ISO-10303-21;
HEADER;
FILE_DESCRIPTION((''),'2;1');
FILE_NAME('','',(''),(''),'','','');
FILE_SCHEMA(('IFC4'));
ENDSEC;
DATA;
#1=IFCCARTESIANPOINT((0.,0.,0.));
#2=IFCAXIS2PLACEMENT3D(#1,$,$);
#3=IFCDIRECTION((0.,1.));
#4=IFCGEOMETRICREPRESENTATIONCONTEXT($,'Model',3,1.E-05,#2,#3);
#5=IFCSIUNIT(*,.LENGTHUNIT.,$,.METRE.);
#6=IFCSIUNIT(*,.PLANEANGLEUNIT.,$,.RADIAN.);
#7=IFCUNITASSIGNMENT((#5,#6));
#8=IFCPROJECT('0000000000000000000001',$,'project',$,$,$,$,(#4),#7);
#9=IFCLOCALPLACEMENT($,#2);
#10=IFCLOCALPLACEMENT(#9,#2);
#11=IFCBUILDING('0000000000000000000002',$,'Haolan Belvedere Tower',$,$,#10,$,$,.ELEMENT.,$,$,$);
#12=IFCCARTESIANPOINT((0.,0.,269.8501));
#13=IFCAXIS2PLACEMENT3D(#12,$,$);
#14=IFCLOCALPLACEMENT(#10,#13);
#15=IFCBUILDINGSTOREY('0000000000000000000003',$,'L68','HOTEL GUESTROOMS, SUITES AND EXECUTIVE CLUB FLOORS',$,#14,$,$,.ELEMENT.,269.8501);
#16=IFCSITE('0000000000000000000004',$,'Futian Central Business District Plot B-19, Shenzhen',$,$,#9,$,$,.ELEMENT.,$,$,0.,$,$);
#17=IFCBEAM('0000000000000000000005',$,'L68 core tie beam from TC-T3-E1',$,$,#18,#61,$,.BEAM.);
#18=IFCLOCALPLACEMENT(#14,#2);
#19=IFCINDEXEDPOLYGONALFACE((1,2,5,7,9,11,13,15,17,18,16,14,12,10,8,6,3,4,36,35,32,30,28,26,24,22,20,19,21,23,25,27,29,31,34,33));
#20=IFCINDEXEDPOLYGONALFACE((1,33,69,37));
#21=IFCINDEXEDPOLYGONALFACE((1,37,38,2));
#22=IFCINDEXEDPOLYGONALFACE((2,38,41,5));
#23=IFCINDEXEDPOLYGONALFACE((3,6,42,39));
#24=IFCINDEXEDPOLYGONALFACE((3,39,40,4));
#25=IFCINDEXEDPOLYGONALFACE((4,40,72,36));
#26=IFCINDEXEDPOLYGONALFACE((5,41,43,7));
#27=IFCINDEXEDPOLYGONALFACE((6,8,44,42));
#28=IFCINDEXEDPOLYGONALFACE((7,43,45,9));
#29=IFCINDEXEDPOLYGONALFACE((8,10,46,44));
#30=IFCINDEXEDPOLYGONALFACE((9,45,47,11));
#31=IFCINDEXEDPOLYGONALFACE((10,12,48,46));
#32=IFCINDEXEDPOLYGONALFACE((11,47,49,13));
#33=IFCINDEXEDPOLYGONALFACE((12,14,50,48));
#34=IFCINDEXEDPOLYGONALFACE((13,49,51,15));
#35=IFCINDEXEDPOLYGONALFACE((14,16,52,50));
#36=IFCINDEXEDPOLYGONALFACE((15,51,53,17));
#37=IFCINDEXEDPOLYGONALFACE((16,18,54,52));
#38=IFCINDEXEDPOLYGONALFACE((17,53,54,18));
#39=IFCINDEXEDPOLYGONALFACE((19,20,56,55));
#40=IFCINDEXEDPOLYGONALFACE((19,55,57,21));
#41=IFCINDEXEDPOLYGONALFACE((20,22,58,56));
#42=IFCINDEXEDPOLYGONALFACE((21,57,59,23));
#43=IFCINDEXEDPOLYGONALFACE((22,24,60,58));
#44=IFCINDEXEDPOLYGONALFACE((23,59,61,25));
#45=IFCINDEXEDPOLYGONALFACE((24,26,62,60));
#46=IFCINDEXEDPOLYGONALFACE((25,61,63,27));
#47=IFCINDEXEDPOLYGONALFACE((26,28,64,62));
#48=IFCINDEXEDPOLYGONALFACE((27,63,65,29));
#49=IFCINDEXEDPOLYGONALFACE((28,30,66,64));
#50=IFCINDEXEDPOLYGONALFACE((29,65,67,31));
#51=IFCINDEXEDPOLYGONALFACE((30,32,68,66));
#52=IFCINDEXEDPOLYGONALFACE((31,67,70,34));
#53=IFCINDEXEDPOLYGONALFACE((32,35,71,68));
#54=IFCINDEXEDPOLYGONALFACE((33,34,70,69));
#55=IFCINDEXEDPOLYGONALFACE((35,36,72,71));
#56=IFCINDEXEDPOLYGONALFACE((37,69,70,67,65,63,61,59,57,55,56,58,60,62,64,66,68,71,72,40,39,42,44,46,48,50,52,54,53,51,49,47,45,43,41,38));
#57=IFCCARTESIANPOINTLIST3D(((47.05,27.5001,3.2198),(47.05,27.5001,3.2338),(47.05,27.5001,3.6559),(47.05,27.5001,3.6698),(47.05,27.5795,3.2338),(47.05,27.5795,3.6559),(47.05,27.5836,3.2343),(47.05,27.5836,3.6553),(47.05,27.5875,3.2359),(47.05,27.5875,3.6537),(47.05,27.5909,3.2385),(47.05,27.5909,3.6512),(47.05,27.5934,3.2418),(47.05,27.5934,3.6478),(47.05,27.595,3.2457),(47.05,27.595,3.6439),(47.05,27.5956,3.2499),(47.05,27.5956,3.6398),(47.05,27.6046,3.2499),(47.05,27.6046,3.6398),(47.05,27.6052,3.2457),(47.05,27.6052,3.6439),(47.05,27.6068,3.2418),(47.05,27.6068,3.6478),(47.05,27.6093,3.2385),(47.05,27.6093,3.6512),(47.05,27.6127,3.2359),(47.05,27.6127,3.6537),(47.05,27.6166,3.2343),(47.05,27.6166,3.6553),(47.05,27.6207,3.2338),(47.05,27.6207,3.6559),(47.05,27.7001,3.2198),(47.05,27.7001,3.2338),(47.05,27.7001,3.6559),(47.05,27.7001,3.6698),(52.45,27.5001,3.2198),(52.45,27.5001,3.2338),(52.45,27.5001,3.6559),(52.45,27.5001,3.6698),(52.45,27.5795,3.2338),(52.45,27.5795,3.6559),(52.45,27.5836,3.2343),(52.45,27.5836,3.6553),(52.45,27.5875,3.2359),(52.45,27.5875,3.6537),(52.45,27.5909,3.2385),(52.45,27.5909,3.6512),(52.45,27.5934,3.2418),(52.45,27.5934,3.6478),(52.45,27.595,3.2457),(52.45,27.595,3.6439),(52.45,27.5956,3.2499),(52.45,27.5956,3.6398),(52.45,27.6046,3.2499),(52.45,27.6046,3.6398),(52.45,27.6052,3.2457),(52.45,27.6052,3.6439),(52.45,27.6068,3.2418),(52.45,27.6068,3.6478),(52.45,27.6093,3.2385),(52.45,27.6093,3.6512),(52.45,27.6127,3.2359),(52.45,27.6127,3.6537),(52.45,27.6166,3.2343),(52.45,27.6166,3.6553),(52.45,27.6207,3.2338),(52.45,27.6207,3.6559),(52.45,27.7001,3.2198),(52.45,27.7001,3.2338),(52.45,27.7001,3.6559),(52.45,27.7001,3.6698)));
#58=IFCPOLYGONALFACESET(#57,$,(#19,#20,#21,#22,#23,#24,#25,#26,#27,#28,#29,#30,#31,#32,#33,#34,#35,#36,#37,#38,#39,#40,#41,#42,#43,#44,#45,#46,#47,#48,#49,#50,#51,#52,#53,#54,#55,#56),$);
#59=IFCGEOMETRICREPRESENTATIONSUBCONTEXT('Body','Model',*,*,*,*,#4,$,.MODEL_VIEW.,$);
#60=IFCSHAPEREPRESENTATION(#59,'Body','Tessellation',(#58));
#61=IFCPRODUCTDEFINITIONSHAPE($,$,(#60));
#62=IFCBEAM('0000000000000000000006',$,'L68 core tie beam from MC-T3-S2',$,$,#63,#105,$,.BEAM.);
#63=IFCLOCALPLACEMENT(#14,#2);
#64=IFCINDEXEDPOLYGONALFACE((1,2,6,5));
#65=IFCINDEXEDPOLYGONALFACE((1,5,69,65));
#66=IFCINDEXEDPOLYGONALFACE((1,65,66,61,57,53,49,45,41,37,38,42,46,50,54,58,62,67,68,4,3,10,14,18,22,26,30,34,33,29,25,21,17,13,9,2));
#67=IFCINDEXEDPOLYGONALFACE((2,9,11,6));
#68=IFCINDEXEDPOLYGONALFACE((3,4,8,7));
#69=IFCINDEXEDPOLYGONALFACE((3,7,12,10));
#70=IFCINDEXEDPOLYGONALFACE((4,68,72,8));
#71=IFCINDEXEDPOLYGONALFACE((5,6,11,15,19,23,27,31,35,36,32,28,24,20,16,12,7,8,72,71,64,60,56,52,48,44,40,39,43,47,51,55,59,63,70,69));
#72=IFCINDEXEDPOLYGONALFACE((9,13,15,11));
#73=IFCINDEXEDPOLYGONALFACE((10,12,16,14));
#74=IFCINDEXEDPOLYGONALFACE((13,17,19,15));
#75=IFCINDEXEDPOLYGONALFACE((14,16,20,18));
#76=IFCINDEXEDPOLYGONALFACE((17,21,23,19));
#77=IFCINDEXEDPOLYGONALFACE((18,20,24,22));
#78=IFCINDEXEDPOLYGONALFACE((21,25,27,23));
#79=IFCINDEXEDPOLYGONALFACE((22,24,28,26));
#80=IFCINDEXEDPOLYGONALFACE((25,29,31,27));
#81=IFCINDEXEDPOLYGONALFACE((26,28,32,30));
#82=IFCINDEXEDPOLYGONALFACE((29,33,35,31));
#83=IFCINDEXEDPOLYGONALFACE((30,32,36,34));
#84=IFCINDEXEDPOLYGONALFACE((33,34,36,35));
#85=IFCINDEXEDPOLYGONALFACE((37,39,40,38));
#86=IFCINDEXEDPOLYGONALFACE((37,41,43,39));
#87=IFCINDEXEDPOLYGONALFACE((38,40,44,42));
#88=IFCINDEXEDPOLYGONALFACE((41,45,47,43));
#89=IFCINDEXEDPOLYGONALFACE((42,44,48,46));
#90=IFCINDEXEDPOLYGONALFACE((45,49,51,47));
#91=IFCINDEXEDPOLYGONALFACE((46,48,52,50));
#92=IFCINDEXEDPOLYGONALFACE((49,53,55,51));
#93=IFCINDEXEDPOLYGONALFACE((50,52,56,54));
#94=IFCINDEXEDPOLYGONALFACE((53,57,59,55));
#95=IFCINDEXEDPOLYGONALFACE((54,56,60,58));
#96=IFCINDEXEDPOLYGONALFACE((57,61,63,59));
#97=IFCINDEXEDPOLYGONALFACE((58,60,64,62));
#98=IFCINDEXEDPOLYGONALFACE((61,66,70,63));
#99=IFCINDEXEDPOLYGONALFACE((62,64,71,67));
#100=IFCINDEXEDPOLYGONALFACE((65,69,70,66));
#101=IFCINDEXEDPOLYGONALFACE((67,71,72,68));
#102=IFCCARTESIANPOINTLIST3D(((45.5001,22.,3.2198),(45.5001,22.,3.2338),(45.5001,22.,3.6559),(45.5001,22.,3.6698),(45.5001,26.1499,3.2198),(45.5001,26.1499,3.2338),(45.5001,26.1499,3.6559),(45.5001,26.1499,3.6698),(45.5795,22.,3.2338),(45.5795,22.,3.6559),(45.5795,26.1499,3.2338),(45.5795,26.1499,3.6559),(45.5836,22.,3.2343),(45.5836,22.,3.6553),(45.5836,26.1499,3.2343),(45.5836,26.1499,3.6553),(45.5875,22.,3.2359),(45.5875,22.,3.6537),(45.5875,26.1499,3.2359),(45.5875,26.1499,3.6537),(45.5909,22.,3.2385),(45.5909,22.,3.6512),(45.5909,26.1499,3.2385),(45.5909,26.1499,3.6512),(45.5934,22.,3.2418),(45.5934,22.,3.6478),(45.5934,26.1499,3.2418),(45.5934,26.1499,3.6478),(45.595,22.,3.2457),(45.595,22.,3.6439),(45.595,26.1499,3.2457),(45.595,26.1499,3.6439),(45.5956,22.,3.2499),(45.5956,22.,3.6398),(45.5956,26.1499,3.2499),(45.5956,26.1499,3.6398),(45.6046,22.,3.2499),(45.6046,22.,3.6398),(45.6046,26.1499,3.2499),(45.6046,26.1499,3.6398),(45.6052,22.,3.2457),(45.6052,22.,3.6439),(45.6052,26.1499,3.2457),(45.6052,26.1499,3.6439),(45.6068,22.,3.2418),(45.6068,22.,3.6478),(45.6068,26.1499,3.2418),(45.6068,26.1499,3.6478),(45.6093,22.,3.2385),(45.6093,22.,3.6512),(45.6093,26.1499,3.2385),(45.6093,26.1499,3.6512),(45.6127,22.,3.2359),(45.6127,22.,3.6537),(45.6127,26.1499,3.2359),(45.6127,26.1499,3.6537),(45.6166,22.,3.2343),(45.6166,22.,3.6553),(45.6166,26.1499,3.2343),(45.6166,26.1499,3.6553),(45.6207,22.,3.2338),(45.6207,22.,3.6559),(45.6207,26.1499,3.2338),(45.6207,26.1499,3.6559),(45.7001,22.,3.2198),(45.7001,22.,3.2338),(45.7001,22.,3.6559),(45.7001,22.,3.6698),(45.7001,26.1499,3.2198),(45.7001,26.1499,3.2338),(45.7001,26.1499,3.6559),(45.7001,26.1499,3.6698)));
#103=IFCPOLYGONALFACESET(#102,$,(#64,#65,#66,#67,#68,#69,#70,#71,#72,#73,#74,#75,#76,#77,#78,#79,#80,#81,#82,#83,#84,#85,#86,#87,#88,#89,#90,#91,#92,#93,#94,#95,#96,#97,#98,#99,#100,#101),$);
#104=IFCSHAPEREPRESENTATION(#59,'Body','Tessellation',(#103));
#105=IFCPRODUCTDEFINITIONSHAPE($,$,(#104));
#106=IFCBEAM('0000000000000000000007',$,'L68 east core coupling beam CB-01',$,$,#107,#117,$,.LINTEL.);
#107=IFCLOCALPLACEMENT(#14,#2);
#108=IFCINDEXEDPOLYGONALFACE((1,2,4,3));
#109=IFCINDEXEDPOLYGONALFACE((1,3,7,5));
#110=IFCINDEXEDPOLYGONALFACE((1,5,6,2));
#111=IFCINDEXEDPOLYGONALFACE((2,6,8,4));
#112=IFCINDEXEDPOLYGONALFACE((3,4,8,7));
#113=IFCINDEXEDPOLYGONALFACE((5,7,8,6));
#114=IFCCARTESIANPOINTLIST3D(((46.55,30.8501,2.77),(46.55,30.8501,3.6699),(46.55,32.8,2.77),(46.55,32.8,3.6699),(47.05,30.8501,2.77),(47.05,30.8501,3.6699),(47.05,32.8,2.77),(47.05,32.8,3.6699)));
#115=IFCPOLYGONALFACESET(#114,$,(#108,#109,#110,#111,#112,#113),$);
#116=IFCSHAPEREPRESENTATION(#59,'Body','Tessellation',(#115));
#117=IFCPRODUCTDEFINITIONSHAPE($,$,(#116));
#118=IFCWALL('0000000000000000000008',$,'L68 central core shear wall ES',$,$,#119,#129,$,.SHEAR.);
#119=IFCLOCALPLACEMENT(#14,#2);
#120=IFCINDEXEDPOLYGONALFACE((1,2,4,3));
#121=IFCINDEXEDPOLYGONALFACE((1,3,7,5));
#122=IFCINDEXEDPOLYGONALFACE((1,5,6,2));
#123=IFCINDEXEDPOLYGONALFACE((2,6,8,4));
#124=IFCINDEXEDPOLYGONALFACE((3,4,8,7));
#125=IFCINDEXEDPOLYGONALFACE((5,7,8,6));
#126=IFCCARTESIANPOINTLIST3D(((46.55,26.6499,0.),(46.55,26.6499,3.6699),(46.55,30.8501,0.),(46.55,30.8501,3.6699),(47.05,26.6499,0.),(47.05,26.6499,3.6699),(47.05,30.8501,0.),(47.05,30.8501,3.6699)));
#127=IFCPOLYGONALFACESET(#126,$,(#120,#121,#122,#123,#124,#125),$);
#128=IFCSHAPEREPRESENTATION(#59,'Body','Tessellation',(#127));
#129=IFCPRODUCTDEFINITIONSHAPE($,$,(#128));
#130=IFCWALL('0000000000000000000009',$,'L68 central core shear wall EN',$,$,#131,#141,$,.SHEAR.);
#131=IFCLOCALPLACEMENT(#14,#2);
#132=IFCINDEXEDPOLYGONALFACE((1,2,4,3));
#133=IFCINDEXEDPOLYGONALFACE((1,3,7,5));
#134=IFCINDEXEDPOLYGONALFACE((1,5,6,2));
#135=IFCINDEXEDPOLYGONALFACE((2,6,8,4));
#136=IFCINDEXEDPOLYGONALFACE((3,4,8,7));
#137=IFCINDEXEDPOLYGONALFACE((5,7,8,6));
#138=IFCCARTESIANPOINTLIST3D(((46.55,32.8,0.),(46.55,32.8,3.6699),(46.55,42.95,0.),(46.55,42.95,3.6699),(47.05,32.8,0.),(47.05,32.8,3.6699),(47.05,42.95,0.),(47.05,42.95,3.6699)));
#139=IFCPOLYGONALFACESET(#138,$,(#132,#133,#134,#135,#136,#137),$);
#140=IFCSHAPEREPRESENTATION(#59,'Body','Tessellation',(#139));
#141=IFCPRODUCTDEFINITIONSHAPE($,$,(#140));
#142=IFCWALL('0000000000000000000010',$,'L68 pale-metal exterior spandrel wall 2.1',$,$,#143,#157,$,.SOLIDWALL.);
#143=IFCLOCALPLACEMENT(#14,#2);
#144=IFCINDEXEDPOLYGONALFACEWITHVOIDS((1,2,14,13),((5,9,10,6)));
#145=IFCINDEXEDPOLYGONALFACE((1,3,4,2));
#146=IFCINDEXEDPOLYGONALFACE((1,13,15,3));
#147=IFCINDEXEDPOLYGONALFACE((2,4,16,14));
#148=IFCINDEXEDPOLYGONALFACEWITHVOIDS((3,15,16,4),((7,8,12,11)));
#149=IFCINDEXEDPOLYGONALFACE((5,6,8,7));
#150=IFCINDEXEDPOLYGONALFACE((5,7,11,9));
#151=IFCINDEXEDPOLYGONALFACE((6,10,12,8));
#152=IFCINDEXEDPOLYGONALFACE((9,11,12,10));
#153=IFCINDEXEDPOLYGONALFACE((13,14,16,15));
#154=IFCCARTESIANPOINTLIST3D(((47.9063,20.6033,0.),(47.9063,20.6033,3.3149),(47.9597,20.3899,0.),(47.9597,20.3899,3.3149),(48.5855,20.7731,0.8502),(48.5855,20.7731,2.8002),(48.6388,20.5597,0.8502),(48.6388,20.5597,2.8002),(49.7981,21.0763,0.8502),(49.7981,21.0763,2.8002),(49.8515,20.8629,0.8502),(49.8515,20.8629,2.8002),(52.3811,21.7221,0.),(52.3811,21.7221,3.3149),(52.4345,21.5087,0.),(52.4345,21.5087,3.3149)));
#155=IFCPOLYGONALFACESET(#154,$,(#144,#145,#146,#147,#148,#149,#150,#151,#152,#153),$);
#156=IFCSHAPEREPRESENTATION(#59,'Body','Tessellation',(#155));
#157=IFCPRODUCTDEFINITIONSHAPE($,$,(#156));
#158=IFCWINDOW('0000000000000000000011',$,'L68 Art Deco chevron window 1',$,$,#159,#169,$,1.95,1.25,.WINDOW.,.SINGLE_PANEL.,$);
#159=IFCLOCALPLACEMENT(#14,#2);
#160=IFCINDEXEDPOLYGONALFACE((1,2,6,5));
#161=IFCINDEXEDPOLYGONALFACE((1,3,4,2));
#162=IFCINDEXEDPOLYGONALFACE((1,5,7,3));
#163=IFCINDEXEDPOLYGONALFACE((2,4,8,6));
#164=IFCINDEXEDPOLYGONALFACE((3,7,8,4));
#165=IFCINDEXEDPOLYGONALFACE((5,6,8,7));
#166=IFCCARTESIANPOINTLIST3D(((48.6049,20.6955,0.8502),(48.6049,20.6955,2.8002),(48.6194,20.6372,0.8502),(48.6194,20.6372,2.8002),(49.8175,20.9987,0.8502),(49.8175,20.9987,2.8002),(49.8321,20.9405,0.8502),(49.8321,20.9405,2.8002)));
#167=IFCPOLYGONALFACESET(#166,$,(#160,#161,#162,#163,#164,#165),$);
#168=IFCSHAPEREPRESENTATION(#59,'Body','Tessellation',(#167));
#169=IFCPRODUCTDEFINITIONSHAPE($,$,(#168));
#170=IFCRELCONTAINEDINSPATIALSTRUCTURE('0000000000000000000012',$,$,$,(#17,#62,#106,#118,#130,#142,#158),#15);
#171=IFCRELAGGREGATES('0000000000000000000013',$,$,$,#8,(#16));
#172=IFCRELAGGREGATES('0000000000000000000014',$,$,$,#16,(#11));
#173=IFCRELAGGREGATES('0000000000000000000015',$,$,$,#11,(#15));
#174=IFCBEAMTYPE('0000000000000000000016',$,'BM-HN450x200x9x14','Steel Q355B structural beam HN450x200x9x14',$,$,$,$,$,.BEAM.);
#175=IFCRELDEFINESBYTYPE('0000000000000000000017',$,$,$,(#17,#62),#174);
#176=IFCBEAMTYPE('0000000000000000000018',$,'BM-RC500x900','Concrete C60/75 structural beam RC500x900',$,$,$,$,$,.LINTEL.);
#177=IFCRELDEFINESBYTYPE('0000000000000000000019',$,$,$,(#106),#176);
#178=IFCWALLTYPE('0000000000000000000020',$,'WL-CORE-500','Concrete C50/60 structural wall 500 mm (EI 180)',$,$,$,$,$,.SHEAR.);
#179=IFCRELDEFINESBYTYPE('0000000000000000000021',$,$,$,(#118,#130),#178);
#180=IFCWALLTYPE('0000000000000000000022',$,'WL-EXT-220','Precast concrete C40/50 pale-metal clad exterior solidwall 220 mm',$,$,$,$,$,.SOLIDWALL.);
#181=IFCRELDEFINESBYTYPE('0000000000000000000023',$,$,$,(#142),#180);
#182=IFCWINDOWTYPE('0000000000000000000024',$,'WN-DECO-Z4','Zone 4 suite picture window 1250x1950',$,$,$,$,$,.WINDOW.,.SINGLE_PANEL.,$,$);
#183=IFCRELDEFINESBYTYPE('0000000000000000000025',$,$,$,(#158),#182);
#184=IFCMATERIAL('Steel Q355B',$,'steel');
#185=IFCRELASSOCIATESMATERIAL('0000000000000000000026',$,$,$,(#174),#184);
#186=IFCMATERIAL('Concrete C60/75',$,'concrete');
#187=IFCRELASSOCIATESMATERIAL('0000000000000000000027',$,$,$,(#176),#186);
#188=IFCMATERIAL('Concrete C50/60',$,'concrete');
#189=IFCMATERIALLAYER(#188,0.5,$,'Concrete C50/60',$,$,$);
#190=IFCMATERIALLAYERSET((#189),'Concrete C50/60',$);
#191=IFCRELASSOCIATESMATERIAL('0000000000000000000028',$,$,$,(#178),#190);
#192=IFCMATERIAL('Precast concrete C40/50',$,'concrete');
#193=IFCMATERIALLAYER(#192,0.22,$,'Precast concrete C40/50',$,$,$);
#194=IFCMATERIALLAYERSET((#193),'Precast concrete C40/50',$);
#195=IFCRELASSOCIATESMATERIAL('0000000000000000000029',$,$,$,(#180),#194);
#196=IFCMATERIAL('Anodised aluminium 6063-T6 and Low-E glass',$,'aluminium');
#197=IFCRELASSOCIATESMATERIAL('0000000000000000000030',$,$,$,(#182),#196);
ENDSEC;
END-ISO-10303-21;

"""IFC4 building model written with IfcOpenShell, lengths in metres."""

from ifc_helpers import new_model, si_unit, direction, frame, frame_2d, origin, origin_2d, place, context, subcontext, project, spatial, rectangle, i_section, extrude, material, layer, layer_set, material_profile, profile_set, type_object, element, fill, save


model = new_model("IFC4")

# Units and contexts
model_context = context("Model", 3, precision=1e-05, world=origin(), true_north=direction((0.0, 1.0)))
body_context = subcontext(model_context, "Body", "Model", "MODEL_VIEW")
ifc_project = project(units=[si_unit("LENGTHUNIT", "METRE"), si_unit("PLANEANGLEUNIT", "RADIAN")], contexts=[model_context])

# Site, building, storey
site_placement = place(None, origin())
site = spatial("IfcSite", under=ifc_project, at=site_placement, Name="Futian Central Business District Plot B-19, Shenzhen", CompositionType="ELEMENT", RefElevation=0.0)
building_placement = place(site_placement, origin())
building = spatial("IfcBuilding", under=site, at=building_placement, Name="Haolan Belvedere Tower", CompositionType="ELEMENT")
storey_placement = place(building_placement, frame((0.0, 0.0, 269.8501)))
storey = spatial("IfcBuildingStorey", under=building, at=storey_placement, Name="L68", Description="HOTEL GUESTROOMS, SUITES AND EXECUTIVE CLUB FLOORS", CompositionType="ELEMENT", Elevation=269.8501)

# Beams
ifc_material_1 = material(Name="Steel Q355B", Category="steel")
ifc_material_profile_1 = material_profile(ifc_material_1, i_section(OverallWidth=0.2, OverallDepth=0.45, WebThickness=0.009, FlangeThickness=0.0139, FilletRadius=0.0161, at=origin_2d()), Name="Steel Q355B")
ifc_profile_set_1 = profile_set([ifc_material_profile_1], Name="Steel Q355B")
beam_type_1 = type_object("IfcBeamType", Name="BM-HN450x200x9x14", Description="Steel Q355B structural beam HN450x200x9x14", PredefinedType="BEAM", material=ifc_profile_set_1)
beam_1_placement = place(storey_placement, frame((52.45, 27.6001, 3.4448), z_axis=(-1.0, 0.0, 0.0), x_axis=(0.0, -1.0, 0.0)))
element("IfcBeam", 1, at=beam_1_placement, inside=storey, type_object=beam_type_1, Name="L68 core tie beam from TC-T3-E1", PredefinedType="BEAM", context=body_context, shape_type="SweptSolid", body=[
    extrude(i_section(OverallWidth=0.2, OverallDepth=0.45, WebThickness=0.009, FlangeThickness=0.0139, FilletRadius=0.0161, at=origin_2d()), origin(), (0.0, 0.0, 1.0), 5.3999),
])
beam_2_placement = place(storey_placement, frame((45.6001, 22.0, 3.4448), z_axis=(0.0, 1.0, 0.0), x_axis=(-1.0, 0.0, 0.0)))
element("IfcBeam", 2, at=beam_2_placement, inside=storey, type_object=beam_type_1, Name="L68 core tie beam from MC-T3-S2", PredefinedType="BEAM", context=body_context, shape_type="SweptSolid", body=[
    extrude(i_section(OverallWidth=0.2, OverallDepth=0.45, WebThickness=0.009, FlangeThickness=0.0139, FilletRadius=0.0161, at=origin_2d()), origin(), (0.0, 0.0, 1.0), 4.1499),
])
ifc_material_2 = material(Name="Concrete C60/75", Category="concrete")
ifc_material_profile_2 = material_profile(ifc_material_2, rectangle(XDim=0.5, YDim=0.8999, at=origin_2d()), Name="Concrete C60/75")
ifc_profile_set_2 = profile_set([ifc_material_profile_2], Name="Concrete C60/75")
beam_type_2 = type_object("IfcBeamType", Name="BM-RC500x900", Description="Concrete C60/75 structural beam RC500x900", PredefinedType="LINTEL", material=ifc_profile_set_2)
beam_3_placement = place(storey_placement, frame((46.8, 30.8501, 3.22), z_axis=(0.0, 1.0, 0.0), x_axis=(-1.0, 0.0, 0.0)))
element("IfcBeam", 3, at=beam_3_placement, inside=storey, type_object=beam_type_2, Name="L68 east core coupling beam CB-01", PredefinedType="LINTEL", context=body_context, shape_type="SweptSolid", body=[
    extrude(rectangle(XDim=0.5, YDim=0.8999, at=origin_2d()), origin(), (0.0, 0.0, 1.0), 1.95),
])

# Walls
ifc_material_3 = material(Name="Concrete C50/60", Category="concrete")
ifc_layer_1 = layer(ifc_material_3, 0.5, Name="Concrete C50/60")
ifc_layer_set_1 = layer_set([ifc_layer_1], Name="Concrete C50/60")
wall_type_1 = type_object("IfcWallType", Name="WL-CORE-500", Description="Concrete C50/60 structural wall 500 mm (EI 180)", PredefinedType="SHEAR", material=ifc_layer_set_1)
wall_1_placement = place(storey_placement, frame((46.8, 26.6499, 0.0), z_axis=(0.0, 0.0, 1.0), x_axis=(0.0, 1.0, 0.0)))
element("IfcWall", 4, at=wall_1_placement, inside=storey, type_object=wall_type_1, Name="L68 central core shear wall ES", PredefinedType="SHEAR", context=body_context, shape_type="SweptSolid", body=[
    extrude(rectangle(XDim=4.2002, YDim=0.5, at=frame_2d((2.1001, 0.0))), origin(), (0.0, 0.0, 1.0), 3.6699),
])
wall_2_placement = place(storey_placement, frame((46.8, 32.8, 0.0), z_axis=(0.0, 0.0, 1.0), x_axis=(0.0, 1.0, 0.0)))
element("IfcWall", 5, at=wall_2_placement, inside=storey, type_object=wall_type_1, Name="L68 central core shear wall EN", PredefinedType="SHEAR", context=body_context, shape_type="SweptSolid", body=[
    extrude(rectangle(XDim=10.1499, YDim=0.5, at=frame_2d((5.075, 0.0))), origin(), (0.0, 0.0, 1.0), 3.6699),
])

# Wall, opening, window
ifc_material_4 = material(Name="Precast concrete C40/50", Category="concrete")
ifc_layer_2 = layer(ifc_material_4, 0.22, Name="Precast concrete C40/50")
ifc_layer_set_2 = layer_set([ifc_layer_2], Name="Precast concrete C40/50")
wall_type_2 = type_object("IfcWallType", Name="WL-EXT-220", Description="Precast concrete C40/50 pale-metal clad exterior solidwall 220 mm", PredefinedType="SOLIDWALL", material=ifc_layer_set_2)
wall_3_placement = place(storey_placement, frame((47.9331, 20.4966, 0.0), z_axis=(0.0, 0.0, 1.0), x_axis=(0.970133, 0.242573, 0.0)))
wall_3 = element("IfcWall", 6, at=wall_3_placement, inside=storey, type_object=wall_type_2, Name="L68 pale-metal exterior spandrel wall 2.1", PredefinedType="SOLIDWALL", context=body_context, shape_type="SweptSolid", body=[
    extrude(rectangle(XDim=4.6125, YDim=0.22, at=frame_2d((2.3062, 0.0))), origin(), (0.0, 0.0, 1.0), 3.3149),
])
opening_1_placement = place(wall_3_placement, frame((0.7, 0.0, 0.8501)))
opening_1 = element("IfcOpeningElement", 7, at=opening_1_placement, cuts=wall_3, PredefinedType="OPENING", context=body_context, shape_type="SweptSolid", body=[
    extrude(rectangle(XDim=1.25, YDim=1.95, at=frame_2d((0.625, 0.9751))), frame((0.0, 0.1199, 0.0), z_axis=(0.0, -1.0, 0.0), x_axis=(1.0, 0.0, 0.0)), (0.0, 0.0, 1.0), 0.24),
])
ifc_material_5 = material(Name="Anodised aluminium 6063-T6 and Low-E glass", Category="aluminium")
window_type = type_object("IfcWindowType", Name="WN-DECO-Z4", Description="Zone 4 suite picture window 1250x1950", PartitioningType="SINGLE_PANEL", PredefinedType="WINDOW", material=ifc_material_5)
window_1_placement = place(opening_1_placement, origin())
window_1 = element("IfcWindow", 8, at=window_1_placement, inside=storey, type_object=window_type, Name="L68 Art Deco chevron window 1", OverallHeight=1.95, OverallWidth=1.25, PartitioningType="SINGLE_PANEL", PredefinedType="WINDOW", context=body_context, shape_type="SweptSolid", body=[
    extrude(rectangle(XDim=1.25, YDim=1.95, at=frame_2d((0.625, 0.9751))), frame((0.0, 0.03, 0.0), z_axis=(0.0, -1.0, 0.0), x_axis=(1.0, 0.0, 0.0)), (0.0, 0.0, 1.0), 0.0601),
])
fill(opening_1, window_1)

save(model, "model.ifc")
